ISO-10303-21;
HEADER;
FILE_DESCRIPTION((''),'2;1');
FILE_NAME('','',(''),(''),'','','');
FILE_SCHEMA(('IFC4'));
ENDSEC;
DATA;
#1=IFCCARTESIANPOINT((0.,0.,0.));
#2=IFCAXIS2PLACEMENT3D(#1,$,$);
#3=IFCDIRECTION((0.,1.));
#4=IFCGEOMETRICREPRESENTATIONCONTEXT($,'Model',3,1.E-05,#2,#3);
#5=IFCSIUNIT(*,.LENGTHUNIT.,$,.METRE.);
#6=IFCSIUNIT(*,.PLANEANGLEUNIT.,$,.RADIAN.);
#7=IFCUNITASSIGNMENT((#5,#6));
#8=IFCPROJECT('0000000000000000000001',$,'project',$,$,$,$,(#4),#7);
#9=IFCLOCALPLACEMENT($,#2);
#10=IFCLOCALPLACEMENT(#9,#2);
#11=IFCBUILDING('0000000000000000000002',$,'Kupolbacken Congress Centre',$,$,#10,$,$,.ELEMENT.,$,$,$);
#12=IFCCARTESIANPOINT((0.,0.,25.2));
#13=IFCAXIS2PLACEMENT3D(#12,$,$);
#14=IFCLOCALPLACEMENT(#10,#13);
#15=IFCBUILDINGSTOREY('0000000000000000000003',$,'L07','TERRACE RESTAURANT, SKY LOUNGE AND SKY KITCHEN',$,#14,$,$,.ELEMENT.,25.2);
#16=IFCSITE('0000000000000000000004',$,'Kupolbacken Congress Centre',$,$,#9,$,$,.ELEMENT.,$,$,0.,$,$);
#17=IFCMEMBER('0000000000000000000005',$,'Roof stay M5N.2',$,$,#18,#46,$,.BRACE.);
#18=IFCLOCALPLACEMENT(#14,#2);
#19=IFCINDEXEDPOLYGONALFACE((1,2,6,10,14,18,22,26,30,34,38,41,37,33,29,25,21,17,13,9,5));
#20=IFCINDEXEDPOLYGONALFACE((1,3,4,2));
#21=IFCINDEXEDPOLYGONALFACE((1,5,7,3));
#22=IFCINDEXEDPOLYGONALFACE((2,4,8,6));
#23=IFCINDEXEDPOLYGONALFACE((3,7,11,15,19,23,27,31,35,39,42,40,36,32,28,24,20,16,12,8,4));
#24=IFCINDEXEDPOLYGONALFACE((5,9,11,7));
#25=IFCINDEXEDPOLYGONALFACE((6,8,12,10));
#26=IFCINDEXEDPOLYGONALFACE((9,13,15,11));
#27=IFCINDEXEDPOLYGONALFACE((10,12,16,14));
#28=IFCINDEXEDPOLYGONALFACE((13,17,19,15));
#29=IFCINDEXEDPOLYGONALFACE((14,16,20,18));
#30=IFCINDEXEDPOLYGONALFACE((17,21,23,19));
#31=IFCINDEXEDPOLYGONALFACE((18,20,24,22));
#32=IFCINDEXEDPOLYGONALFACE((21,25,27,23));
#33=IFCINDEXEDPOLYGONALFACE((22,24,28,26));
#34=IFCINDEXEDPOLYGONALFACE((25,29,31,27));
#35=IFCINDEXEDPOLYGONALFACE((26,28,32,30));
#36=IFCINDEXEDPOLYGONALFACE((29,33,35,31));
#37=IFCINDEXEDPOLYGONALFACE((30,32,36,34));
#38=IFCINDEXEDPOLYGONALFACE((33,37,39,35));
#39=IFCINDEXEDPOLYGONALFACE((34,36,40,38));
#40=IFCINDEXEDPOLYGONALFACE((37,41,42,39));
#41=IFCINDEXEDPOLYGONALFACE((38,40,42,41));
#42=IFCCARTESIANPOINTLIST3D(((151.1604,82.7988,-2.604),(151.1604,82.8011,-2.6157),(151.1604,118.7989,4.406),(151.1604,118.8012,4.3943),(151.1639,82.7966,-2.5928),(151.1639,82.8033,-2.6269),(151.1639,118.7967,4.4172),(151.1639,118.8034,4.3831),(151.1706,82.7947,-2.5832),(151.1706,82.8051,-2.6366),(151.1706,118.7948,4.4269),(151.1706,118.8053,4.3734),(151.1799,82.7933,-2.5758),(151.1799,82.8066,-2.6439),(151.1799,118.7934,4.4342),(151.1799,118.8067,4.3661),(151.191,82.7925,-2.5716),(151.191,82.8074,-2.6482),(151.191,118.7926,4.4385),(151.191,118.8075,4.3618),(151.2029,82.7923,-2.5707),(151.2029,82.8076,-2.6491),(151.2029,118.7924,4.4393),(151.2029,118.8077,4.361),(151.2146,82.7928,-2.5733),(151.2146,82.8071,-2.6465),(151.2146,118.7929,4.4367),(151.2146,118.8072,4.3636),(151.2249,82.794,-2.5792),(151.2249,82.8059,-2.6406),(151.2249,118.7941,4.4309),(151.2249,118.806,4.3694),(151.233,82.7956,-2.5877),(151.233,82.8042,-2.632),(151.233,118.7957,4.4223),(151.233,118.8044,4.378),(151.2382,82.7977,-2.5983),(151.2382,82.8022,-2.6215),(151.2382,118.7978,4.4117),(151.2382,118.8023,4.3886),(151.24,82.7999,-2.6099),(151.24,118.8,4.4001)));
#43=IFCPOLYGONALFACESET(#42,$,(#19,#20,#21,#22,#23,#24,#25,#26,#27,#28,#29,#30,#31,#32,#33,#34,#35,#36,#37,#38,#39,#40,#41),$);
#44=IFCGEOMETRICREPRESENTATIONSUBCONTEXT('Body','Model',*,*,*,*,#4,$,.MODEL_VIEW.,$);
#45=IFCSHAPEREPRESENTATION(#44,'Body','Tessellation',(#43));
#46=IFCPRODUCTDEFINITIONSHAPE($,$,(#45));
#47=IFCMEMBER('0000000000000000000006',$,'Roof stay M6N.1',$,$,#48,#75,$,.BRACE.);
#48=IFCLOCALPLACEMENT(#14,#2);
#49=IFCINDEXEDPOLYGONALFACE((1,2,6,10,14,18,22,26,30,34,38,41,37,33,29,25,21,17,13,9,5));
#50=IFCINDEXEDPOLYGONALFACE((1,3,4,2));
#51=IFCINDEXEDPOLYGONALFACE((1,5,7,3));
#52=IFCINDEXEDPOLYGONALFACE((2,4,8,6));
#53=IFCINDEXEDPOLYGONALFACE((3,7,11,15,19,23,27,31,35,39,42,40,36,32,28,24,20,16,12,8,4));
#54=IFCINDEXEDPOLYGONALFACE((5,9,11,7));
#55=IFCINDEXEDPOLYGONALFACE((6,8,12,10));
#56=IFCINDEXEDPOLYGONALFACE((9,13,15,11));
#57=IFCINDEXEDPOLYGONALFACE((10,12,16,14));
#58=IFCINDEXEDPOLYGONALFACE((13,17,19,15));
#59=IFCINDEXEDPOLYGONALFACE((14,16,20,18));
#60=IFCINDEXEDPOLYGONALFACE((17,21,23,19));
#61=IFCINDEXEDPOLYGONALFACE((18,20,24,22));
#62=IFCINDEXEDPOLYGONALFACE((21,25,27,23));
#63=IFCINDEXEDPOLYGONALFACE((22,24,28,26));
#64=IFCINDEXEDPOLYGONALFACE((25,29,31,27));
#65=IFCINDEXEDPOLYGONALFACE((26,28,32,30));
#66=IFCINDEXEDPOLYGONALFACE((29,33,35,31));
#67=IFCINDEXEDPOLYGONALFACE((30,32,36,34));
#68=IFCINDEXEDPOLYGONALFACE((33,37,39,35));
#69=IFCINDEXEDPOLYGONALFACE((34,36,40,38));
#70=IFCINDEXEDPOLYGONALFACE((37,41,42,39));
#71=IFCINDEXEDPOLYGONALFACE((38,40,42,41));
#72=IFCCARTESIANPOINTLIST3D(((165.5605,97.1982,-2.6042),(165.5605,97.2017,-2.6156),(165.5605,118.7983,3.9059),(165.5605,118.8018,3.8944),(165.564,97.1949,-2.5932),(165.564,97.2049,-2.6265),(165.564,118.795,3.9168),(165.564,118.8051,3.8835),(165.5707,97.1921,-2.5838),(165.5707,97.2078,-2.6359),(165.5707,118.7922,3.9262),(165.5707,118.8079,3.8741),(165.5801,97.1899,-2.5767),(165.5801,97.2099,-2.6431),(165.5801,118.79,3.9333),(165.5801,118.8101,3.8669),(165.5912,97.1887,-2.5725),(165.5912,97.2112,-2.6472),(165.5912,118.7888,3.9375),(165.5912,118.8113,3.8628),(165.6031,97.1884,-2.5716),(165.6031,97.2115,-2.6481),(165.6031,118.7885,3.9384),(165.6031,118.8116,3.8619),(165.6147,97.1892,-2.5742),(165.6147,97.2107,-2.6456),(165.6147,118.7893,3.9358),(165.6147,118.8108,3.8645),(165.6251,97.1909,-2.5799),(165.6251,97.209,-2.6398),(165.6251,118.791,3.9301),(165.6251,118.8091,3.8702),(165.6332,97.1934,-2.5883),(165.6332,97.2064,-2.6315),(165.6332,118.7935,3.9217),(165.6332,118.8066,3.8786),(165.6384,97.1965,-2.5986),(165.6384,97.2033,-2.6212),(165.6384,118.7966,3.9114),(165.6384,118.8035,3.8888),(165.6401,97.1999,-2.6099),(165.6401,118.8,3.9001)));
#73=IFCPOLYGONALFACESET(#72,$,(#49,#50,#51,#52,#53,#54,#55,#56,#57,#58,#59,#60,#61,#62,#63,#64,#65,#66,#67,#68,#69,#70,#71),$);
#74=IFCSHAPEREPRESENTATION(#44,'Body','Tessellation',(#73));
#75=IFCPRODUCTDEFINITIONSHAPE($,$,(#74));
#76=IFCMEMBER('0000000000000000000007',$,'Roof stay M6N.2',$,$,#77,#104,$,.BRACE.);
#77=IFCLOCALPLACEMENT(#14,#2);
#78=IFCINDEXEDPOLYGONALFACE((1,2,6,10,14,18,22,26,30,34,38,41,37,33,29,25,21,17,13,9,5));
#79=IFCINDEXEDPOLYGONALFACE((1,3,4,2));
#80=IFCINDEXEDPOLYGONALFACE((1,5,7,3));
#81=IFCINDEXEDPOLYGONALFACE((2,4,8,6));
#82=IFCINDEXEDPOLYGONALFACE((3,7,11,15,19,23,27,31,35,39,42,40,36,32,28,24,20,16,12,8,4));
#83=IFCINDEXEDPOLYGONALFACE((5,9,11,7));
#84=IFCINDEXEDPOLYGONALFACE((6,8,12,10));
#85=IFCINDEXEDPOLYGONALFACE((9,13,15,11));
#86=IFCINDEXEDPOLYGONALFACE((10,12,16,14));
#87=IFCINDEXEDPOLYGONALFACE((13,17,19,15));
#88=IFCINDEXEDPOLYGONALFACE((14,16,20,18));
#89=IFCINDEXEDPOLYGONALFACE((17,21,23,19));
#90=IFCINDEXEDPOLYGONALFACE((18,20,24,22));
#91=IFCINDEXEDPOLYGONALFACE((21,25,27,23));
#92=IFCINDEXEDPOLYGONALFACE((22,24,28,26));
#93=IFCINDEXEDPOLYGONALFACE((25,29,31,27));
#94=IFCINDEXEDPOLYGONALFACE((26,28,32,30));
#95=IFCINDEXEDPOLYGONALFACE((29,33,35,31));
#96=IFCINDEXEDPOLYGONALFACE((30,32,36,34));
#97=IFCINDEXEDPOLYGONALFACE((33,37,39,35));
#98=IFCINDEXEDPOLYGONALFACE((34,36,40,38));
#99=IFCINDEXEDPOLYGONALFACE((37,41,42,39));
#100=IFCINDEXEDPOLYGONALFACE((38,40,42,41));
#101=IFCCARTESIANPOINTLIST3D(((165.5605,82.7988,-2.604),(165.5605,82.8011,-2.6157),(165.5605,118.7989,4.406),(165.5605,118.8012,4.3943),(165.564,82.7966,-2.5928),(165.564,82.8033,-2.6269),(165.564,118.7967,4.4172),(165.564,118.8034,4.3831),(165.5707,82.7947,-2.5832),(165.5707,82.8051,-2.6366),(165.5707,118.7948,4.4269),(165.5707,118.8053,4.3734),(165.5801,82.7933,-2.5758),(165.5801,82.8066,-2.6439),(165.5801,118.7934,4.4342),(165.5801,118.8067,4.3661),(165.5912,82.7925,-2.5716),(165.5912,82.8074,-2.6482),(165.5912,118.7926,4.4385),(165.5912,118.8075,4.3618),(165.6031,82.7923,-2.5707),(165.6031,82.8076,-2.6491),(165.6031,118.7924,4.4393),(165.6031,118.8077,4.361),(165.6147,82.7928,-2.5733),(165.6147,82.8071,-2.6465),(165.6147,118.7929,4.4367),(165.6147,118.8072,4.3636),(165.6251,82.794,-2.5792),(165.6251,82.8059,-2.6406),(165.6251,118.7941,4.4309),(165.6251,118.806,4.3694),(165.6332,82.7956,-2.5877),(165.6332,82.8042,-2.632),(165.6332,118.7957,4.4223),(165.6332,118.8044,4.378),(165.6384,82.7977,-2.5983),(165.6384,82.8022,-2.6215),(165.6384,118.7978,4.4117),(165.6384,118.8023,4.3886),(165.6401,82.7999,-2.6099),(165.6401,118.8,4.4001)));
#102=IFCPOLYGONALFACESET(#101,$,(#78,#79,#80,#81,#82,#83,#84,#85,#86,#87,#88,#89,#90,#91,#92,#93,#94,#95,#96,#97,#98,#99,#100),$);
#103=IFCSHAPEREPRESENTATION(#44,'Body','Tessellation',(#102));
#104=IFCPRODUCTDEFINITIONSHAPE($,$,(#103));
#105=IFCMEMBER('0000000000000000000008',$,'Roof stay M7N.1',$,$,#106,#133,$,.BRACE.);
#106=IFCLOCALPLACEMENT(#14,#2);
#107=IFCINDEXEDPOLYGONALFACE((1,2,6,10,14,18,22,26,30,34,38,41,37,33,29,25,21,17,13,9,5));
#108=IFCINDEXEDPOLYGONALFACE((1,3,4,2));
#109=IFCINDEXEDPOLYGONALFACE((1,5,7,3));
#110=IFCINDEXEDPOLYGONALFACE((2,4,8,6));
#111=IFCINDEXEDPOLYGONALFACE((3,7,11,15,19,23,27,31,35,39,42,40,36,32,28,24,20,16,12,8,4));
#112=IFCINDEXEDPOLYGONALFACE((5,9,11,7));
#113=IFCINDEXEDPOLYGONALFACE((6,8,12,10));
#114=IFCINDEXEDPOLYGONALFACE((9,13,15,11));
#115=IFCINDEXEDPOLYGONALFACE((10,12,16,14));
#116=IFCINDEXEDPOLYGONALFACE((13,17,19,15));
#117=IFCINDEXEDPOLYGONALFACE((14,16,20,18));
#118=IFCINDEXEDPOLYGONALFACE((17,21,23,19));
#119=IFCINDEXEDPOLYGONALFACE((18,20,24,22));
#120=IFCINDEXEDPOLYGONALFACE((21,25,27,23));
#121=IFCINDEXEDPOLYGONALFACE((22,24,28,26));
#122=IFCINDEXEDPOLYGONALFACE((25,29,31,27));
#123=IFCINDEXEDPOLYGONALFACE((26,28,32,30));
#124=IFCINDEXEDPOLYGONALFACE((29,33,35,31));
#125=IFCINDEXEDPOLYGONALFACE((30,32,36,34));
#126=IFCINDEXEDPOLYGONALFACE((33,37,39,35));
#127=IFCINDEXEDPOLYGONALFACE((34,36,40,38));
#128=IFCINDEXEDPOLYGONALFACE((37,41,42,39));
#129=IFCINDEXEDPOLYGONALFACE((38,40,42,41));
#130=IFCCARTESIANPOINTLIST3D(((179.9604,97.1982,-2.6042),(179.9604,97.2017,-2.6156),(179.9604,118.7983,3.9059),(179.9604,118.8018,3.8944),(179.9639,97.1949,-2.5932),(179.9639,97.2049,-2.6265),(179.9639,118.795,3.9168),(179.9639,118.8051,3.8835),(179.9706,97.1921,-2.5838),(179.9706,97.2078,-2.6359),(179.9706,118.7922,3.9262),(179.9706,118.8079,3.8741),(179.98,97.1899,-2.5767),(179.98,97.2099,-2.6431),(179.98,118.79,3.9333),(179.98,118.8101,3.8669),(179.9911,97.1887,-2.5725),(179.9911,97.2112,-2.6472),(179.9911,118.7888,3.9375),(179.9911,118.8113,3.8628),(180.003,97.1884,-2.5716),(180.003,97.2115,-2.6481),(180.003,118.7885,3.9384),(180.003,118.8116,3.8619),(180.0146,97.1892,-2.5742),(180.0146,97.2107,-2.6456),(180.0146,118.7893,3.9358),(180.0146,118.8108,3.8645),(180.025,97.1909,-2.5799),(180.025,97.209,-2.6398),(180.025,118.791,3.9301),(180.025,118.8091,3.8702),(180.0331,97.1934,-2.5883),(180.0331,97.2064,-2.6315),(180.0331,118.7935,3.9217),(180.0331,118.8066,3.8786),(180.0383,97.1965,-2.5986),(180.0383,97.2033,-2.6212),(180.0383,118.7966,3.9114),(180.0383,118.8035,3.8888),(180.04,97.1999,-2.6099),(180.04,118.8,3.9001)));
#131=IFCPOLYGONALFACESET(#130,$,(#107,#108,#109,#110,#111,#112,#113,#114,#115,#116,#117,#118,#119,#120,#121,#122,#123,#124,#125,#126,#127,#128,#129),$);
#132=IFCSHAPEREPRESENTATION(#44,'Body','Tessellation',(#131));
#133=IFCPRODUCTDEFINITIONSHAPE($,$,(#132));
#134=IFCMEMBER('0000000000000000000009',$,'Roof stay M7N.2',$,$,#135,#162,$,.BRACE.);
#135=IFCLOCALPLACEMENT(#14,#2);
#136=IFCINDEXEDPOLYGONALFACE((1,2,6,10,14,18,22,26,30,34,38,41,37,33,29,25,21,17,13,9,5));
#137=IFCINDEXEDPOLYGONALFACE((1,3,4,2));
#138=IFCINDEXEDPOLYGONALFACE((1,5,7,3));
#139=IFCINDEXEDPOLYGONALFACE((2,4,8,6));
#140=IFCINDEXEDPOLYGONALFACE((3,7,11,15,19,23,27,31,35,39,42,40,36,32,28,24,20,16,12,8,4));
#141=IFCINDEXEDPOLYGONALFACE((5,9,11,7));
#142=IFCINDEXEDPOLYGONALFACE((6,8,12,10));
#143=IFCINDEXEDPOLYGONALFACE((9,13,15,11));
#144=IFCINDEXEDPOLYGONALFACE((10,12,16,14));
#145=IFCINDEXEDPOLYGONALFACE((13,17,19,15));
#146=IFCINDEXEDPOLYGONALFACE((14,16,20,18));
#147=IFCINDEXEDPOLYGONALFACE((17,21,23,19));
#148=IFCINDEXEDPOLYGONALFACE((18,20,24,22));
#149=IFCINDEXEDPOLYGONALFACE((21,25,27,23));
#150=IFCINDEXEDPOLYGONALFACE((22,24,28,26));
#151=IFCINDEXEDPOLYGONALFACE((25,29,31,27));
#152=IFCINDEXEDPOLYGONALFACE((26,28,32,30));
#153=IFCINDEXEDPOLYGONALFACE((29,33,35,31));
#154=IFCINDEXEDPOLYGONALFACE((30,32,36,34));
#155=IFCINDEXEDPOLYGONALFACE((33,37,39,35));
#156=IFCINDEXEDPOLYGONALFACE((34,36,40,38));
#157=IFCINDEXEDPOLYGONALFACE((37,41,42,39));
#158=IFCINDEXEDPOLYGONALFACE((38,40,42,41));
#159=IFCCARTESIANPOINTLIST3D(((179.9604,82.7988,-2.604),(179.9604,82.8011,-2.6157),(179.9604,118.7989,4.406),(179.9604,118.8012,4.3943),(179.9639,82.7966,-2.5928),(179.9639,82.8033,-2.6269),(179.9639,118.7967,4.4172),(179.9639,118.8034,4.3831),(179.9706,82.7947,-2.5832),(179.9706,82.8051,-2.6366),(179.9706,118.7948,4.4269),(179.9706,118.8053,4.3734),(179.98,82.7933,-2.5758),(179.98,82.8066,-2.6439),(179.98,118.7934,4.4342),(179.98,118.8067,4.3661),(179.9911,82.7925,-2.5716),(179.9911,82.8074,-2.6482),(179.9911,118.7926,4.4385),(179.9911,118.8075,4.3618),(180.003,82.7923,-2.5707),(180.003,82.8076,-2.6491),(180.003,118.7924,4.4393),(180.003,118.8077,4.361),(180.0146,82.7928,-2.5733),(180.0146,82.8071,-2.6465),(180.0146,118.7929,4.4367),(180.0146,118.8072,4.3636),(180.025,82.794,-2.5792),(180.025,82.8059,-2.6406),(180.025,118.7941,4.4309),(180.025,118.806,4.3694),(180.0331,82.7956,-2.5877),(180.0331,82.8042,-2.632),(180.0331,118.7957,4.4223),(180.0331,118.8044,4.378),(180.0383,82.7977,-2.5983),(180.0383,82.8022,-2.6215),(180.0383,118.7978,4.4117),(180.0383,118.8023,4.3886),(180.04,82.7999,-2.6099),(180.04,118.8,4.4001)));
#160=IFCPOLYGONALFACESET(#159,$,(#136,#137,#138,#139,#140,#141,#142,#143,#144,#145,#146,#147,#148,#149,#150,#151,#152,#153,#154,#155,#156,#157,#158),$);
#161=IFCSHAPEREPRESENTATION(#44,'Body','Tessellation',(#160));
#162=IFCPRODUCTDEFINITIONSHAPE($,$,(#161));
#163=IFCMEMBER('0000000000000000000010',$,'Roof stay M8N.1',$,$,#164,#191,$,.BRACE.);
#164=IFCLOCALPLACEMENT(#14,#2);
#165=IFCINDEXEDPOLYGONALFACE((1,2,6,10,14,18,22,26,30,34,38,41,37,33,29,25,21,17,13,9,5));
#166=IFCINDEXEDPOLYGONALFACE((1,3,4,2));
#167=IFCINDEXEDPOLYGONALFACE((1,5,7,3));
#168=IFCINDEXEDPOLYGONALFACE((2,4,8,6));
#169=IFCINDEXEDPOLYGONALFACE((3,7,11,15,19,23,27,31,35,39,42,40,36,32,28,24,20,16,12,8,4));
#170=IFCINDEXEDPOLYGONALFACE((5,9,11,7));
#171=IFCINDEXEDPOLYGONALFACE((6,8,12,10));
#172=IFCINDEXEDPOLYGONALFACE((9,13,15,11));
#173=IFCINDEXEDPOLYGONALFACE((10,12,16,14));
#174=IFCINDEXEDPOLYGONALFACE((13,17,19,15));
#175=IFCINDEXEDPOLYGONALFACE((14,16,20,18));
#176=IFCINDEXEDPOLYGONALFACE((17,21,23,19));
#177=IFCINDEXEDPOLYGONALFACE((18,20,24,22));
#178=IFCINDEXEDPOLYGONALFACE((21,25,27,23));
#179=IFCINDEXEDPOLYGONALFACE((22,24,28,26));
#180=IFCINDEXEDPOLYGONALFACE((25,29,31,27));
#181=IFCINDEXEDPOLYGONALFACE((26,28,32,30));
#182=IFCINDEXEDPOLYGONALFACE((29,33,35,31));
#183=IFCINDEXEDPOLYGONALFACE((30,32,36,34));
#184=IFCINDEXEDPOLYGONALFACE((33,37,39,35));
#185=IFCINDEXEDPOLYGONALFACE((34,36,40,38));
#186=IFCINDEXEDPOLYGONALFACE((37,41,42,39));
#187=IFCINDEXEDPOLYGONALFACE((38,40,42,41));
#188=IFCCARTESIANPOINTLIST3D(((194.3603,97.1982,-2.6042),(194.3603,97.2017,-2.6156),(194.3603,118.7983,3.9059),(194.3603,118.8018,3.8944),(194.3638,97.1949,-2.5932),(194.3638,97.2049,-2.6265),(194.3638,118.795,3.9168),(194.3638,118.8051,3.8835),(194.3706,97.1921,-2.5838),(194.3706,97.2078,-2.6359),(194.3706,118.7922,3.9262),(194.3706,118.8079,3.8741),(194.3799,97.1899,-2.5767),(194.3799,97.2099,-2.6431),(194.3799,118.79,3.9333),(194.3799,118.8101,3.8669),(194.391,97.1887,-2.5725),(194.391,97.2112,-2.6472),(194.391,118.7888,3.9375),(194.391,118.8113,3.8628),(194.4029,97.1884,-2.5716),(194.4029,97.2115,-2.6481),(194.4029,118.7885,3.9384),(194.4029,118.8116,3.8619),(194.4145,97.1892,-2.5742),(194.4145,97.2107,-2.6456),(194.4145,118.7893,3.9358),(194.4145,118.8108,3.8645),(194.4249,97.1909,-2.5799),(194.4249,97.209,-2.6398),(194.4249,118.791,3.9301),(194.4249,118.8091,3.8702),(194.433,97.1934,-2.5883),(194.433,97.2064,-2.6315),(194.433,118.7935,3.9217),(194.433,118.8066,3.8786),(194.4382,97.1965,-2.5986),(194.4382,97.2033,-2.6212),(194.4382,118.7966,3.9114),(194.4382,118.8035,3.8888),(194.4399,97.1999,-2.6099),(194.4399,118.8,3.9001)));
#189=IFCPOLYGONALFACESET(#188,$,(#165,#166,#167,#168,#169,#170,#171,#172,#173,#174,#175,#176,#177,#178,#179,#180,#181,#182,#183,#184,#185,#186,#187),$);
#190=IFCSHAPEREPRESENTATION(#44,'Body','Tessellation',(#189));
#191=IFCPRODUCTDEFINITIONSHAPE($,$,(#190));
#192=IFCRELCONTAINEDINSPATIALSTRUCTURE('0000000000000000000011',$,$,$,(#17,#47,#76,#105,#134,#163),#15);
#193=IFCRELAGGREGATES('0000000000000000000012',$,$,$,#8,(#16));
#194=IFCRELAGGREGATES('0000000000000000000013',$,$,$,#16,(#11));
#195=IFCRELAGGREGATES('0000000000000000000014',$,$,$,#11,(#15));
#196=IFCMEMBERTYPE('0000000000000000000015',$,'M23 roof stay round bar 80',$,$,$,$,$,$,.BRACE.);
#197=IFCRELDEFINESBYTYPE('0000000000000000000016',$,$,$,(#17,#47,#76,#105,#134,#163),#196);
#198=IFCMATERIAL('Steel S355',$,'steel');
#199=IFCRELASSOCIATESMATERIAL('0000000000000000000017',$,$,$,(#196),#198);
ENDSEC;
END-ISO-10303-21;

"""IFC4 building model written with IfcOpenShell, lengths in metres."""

from ifc_helpers import new_model, si_unit, direction, frame, origin, origin_2d, place, context, subcontext, project, spatial, circle, extrude, material, material_profile, profile_set, type_object, element, save


model = new_model("IFC4")

# Units and contexts
model_context = context("Model", 3, precision=1e-05, world=origin(), true_north=direction((0.0, 1.0)))
body_context = subcontext(model_context, "Body", "Model", "MODEL_VIEW")
ifc_project = project(units=[si_unit("LENGTHUNIT", "METRE"), si_unit("PLANEANGLEUNIT", "RADIAN")], contexts=[model_context])

# Site, building, storey
site_placement = place(None, origin())
site = spatial("IfcSite", under=ifc_project, at=site_placement, Name="Kupolbacken Congress Centre", CompositionType="ELEMENT", RefElevation=0.0)
building_placement = place(site_placement, origin())
building = spatial("IfcBuilding", under=site, at=building_placement, Name="Kupolbacken Congress Centre", CompositionType="ELEMENT")
storey_placement = place(building_placement, frame((0.0, 0.0, 25.2)))
storey = spatial("IfcBuildingStorey", under=building, at=storey_placement, Name="L07", Description="TERRACE RESTAURANT, SKY LOUNGE AND SKY KITCHEN", CompositionType="ELEMENT", Elevation=25.2)

# Members
ifc_material_1 = material(Name="Steel S355", Category="steel")
ifc_material_profile_1 = material_profile(ifc_material_1, circle(Radius=0.04, at=origin_2d()), Name="RB 80")
ifc_profile_set_1 = profile_set([ifc_material_profile_1], Name="Steel S355")
member_type = type_object("IfcMemberType", Name="M23 roof stay round bar 80", PredefinedType="BRACE", material=ifc_profile_set_1)
member_1_placement = place(storey_placement, frame((151.2, 118.8, 4.4001), z_axis=(0.0, -0.981564, -0.191133), x_axis=(1.0, 0.0, 0.0)))
element("IfcMember", 1, at=member_1_placement, inside=storey, type_object=member_type, Name="Roof stay M5N.2", PredefinedType="BRACE", context=body_context, shape_type="SweptSolid", body=[
    extrude(circle(Radius=0.04, at=origin_2d()), origin(), (0.0, 0.0, 1.0), 36.6763),
])
member_2_placement = place(storey_placement, frame((165.6001, 118.8, 3.9001), z_axis=(0.0, -0.95746, -0.288567), x_axis=(1.0, 0.0, 0.0)))
element("IfcMember", 2, at=member_2_placement, inside=storey, type_object=member_type, Name="Roof stay M6N.1", PredefinedType="BRACE", context=body_context, shape_type="SweptSolid", body=[
    extrude(circle(Radius=0.04, at=origin_2d()), origin(), (0.0, 0.0, 1.0), 22.5598),
])
member_3_placement = place(storey_placement, frame((165.6001, 118.8, 4.4001), z_axis=(0.0, -0.981564, -0.191133), x_axis=(1.0, 0.0, 0.0)))
element("IfcMember", 3, at=member_3_placement, inside=storey, type_object=member_type, Name="Roof stay M6N.2", PredefinedType="BRACE", context=body_context, shape_type="SweptSolid", body=[
    extrude(circle(Radius=0.04, at=origin_2d()), origin(), (0.0, 0.0, 1.0), 36.6763),
])
member_4_placement = place(storey_placement, frame((180.0, 118.8, 3.9001), z_axis=(0.0, -0.95746, -0.288567), x_axis=(1.0, 0.0, 0.0)))
element("IfcMember", 4, at=member_4_placement, inside=storey, type_object=member_type, Name="Roof stay M7N.1", PredefinedType="BRACE", context=body_context, shape_type="SweptSolid", body=[
    extrude(circle(Radius=0.04, at=origin_2d()), origin(), (0.0, 0.0, 1.0), 22.5598),
])
member_5_placement = place(storey_placement, frame((180.0, 118.8, 4.4001), z_axis=(0.0, -0.981564, -0.191133), x_axis=(1.0, 0.0, 0.0)))
element("IfcMember", 5, at=member_5_placement, inside=storey, type_object=member_type, Name="Roof stay M7N.2", PredefinedType="BRACE", context=body_context, shape_type="SweptSolid", body=[
    extrude(circle(Radius=0.04, at=origin_2d()), origin(), (0.0, 0.0, 1.0), 36.6763),
])
member_6_placement = place(storey_placement, frame((194.3999, 118.8, 3.9001), z_axis=(0.0, -0.95746, -0.288567), x_axis=(1.0, 0.0, 0.0)))
element("IfcMember", 6, at=member_6_placement, inside=storey, type_object=member_type, Name="Roof stay M8N.1", PredefinedType="BRACE", context=body_context, shape_type="SweptSolid", body=[
    extrude(circle(Radius=0.04, at=origin_2d()), origin(), (0.0, 0.0, 1.0), 22.5598),
])

save(model, "model.ifc")
